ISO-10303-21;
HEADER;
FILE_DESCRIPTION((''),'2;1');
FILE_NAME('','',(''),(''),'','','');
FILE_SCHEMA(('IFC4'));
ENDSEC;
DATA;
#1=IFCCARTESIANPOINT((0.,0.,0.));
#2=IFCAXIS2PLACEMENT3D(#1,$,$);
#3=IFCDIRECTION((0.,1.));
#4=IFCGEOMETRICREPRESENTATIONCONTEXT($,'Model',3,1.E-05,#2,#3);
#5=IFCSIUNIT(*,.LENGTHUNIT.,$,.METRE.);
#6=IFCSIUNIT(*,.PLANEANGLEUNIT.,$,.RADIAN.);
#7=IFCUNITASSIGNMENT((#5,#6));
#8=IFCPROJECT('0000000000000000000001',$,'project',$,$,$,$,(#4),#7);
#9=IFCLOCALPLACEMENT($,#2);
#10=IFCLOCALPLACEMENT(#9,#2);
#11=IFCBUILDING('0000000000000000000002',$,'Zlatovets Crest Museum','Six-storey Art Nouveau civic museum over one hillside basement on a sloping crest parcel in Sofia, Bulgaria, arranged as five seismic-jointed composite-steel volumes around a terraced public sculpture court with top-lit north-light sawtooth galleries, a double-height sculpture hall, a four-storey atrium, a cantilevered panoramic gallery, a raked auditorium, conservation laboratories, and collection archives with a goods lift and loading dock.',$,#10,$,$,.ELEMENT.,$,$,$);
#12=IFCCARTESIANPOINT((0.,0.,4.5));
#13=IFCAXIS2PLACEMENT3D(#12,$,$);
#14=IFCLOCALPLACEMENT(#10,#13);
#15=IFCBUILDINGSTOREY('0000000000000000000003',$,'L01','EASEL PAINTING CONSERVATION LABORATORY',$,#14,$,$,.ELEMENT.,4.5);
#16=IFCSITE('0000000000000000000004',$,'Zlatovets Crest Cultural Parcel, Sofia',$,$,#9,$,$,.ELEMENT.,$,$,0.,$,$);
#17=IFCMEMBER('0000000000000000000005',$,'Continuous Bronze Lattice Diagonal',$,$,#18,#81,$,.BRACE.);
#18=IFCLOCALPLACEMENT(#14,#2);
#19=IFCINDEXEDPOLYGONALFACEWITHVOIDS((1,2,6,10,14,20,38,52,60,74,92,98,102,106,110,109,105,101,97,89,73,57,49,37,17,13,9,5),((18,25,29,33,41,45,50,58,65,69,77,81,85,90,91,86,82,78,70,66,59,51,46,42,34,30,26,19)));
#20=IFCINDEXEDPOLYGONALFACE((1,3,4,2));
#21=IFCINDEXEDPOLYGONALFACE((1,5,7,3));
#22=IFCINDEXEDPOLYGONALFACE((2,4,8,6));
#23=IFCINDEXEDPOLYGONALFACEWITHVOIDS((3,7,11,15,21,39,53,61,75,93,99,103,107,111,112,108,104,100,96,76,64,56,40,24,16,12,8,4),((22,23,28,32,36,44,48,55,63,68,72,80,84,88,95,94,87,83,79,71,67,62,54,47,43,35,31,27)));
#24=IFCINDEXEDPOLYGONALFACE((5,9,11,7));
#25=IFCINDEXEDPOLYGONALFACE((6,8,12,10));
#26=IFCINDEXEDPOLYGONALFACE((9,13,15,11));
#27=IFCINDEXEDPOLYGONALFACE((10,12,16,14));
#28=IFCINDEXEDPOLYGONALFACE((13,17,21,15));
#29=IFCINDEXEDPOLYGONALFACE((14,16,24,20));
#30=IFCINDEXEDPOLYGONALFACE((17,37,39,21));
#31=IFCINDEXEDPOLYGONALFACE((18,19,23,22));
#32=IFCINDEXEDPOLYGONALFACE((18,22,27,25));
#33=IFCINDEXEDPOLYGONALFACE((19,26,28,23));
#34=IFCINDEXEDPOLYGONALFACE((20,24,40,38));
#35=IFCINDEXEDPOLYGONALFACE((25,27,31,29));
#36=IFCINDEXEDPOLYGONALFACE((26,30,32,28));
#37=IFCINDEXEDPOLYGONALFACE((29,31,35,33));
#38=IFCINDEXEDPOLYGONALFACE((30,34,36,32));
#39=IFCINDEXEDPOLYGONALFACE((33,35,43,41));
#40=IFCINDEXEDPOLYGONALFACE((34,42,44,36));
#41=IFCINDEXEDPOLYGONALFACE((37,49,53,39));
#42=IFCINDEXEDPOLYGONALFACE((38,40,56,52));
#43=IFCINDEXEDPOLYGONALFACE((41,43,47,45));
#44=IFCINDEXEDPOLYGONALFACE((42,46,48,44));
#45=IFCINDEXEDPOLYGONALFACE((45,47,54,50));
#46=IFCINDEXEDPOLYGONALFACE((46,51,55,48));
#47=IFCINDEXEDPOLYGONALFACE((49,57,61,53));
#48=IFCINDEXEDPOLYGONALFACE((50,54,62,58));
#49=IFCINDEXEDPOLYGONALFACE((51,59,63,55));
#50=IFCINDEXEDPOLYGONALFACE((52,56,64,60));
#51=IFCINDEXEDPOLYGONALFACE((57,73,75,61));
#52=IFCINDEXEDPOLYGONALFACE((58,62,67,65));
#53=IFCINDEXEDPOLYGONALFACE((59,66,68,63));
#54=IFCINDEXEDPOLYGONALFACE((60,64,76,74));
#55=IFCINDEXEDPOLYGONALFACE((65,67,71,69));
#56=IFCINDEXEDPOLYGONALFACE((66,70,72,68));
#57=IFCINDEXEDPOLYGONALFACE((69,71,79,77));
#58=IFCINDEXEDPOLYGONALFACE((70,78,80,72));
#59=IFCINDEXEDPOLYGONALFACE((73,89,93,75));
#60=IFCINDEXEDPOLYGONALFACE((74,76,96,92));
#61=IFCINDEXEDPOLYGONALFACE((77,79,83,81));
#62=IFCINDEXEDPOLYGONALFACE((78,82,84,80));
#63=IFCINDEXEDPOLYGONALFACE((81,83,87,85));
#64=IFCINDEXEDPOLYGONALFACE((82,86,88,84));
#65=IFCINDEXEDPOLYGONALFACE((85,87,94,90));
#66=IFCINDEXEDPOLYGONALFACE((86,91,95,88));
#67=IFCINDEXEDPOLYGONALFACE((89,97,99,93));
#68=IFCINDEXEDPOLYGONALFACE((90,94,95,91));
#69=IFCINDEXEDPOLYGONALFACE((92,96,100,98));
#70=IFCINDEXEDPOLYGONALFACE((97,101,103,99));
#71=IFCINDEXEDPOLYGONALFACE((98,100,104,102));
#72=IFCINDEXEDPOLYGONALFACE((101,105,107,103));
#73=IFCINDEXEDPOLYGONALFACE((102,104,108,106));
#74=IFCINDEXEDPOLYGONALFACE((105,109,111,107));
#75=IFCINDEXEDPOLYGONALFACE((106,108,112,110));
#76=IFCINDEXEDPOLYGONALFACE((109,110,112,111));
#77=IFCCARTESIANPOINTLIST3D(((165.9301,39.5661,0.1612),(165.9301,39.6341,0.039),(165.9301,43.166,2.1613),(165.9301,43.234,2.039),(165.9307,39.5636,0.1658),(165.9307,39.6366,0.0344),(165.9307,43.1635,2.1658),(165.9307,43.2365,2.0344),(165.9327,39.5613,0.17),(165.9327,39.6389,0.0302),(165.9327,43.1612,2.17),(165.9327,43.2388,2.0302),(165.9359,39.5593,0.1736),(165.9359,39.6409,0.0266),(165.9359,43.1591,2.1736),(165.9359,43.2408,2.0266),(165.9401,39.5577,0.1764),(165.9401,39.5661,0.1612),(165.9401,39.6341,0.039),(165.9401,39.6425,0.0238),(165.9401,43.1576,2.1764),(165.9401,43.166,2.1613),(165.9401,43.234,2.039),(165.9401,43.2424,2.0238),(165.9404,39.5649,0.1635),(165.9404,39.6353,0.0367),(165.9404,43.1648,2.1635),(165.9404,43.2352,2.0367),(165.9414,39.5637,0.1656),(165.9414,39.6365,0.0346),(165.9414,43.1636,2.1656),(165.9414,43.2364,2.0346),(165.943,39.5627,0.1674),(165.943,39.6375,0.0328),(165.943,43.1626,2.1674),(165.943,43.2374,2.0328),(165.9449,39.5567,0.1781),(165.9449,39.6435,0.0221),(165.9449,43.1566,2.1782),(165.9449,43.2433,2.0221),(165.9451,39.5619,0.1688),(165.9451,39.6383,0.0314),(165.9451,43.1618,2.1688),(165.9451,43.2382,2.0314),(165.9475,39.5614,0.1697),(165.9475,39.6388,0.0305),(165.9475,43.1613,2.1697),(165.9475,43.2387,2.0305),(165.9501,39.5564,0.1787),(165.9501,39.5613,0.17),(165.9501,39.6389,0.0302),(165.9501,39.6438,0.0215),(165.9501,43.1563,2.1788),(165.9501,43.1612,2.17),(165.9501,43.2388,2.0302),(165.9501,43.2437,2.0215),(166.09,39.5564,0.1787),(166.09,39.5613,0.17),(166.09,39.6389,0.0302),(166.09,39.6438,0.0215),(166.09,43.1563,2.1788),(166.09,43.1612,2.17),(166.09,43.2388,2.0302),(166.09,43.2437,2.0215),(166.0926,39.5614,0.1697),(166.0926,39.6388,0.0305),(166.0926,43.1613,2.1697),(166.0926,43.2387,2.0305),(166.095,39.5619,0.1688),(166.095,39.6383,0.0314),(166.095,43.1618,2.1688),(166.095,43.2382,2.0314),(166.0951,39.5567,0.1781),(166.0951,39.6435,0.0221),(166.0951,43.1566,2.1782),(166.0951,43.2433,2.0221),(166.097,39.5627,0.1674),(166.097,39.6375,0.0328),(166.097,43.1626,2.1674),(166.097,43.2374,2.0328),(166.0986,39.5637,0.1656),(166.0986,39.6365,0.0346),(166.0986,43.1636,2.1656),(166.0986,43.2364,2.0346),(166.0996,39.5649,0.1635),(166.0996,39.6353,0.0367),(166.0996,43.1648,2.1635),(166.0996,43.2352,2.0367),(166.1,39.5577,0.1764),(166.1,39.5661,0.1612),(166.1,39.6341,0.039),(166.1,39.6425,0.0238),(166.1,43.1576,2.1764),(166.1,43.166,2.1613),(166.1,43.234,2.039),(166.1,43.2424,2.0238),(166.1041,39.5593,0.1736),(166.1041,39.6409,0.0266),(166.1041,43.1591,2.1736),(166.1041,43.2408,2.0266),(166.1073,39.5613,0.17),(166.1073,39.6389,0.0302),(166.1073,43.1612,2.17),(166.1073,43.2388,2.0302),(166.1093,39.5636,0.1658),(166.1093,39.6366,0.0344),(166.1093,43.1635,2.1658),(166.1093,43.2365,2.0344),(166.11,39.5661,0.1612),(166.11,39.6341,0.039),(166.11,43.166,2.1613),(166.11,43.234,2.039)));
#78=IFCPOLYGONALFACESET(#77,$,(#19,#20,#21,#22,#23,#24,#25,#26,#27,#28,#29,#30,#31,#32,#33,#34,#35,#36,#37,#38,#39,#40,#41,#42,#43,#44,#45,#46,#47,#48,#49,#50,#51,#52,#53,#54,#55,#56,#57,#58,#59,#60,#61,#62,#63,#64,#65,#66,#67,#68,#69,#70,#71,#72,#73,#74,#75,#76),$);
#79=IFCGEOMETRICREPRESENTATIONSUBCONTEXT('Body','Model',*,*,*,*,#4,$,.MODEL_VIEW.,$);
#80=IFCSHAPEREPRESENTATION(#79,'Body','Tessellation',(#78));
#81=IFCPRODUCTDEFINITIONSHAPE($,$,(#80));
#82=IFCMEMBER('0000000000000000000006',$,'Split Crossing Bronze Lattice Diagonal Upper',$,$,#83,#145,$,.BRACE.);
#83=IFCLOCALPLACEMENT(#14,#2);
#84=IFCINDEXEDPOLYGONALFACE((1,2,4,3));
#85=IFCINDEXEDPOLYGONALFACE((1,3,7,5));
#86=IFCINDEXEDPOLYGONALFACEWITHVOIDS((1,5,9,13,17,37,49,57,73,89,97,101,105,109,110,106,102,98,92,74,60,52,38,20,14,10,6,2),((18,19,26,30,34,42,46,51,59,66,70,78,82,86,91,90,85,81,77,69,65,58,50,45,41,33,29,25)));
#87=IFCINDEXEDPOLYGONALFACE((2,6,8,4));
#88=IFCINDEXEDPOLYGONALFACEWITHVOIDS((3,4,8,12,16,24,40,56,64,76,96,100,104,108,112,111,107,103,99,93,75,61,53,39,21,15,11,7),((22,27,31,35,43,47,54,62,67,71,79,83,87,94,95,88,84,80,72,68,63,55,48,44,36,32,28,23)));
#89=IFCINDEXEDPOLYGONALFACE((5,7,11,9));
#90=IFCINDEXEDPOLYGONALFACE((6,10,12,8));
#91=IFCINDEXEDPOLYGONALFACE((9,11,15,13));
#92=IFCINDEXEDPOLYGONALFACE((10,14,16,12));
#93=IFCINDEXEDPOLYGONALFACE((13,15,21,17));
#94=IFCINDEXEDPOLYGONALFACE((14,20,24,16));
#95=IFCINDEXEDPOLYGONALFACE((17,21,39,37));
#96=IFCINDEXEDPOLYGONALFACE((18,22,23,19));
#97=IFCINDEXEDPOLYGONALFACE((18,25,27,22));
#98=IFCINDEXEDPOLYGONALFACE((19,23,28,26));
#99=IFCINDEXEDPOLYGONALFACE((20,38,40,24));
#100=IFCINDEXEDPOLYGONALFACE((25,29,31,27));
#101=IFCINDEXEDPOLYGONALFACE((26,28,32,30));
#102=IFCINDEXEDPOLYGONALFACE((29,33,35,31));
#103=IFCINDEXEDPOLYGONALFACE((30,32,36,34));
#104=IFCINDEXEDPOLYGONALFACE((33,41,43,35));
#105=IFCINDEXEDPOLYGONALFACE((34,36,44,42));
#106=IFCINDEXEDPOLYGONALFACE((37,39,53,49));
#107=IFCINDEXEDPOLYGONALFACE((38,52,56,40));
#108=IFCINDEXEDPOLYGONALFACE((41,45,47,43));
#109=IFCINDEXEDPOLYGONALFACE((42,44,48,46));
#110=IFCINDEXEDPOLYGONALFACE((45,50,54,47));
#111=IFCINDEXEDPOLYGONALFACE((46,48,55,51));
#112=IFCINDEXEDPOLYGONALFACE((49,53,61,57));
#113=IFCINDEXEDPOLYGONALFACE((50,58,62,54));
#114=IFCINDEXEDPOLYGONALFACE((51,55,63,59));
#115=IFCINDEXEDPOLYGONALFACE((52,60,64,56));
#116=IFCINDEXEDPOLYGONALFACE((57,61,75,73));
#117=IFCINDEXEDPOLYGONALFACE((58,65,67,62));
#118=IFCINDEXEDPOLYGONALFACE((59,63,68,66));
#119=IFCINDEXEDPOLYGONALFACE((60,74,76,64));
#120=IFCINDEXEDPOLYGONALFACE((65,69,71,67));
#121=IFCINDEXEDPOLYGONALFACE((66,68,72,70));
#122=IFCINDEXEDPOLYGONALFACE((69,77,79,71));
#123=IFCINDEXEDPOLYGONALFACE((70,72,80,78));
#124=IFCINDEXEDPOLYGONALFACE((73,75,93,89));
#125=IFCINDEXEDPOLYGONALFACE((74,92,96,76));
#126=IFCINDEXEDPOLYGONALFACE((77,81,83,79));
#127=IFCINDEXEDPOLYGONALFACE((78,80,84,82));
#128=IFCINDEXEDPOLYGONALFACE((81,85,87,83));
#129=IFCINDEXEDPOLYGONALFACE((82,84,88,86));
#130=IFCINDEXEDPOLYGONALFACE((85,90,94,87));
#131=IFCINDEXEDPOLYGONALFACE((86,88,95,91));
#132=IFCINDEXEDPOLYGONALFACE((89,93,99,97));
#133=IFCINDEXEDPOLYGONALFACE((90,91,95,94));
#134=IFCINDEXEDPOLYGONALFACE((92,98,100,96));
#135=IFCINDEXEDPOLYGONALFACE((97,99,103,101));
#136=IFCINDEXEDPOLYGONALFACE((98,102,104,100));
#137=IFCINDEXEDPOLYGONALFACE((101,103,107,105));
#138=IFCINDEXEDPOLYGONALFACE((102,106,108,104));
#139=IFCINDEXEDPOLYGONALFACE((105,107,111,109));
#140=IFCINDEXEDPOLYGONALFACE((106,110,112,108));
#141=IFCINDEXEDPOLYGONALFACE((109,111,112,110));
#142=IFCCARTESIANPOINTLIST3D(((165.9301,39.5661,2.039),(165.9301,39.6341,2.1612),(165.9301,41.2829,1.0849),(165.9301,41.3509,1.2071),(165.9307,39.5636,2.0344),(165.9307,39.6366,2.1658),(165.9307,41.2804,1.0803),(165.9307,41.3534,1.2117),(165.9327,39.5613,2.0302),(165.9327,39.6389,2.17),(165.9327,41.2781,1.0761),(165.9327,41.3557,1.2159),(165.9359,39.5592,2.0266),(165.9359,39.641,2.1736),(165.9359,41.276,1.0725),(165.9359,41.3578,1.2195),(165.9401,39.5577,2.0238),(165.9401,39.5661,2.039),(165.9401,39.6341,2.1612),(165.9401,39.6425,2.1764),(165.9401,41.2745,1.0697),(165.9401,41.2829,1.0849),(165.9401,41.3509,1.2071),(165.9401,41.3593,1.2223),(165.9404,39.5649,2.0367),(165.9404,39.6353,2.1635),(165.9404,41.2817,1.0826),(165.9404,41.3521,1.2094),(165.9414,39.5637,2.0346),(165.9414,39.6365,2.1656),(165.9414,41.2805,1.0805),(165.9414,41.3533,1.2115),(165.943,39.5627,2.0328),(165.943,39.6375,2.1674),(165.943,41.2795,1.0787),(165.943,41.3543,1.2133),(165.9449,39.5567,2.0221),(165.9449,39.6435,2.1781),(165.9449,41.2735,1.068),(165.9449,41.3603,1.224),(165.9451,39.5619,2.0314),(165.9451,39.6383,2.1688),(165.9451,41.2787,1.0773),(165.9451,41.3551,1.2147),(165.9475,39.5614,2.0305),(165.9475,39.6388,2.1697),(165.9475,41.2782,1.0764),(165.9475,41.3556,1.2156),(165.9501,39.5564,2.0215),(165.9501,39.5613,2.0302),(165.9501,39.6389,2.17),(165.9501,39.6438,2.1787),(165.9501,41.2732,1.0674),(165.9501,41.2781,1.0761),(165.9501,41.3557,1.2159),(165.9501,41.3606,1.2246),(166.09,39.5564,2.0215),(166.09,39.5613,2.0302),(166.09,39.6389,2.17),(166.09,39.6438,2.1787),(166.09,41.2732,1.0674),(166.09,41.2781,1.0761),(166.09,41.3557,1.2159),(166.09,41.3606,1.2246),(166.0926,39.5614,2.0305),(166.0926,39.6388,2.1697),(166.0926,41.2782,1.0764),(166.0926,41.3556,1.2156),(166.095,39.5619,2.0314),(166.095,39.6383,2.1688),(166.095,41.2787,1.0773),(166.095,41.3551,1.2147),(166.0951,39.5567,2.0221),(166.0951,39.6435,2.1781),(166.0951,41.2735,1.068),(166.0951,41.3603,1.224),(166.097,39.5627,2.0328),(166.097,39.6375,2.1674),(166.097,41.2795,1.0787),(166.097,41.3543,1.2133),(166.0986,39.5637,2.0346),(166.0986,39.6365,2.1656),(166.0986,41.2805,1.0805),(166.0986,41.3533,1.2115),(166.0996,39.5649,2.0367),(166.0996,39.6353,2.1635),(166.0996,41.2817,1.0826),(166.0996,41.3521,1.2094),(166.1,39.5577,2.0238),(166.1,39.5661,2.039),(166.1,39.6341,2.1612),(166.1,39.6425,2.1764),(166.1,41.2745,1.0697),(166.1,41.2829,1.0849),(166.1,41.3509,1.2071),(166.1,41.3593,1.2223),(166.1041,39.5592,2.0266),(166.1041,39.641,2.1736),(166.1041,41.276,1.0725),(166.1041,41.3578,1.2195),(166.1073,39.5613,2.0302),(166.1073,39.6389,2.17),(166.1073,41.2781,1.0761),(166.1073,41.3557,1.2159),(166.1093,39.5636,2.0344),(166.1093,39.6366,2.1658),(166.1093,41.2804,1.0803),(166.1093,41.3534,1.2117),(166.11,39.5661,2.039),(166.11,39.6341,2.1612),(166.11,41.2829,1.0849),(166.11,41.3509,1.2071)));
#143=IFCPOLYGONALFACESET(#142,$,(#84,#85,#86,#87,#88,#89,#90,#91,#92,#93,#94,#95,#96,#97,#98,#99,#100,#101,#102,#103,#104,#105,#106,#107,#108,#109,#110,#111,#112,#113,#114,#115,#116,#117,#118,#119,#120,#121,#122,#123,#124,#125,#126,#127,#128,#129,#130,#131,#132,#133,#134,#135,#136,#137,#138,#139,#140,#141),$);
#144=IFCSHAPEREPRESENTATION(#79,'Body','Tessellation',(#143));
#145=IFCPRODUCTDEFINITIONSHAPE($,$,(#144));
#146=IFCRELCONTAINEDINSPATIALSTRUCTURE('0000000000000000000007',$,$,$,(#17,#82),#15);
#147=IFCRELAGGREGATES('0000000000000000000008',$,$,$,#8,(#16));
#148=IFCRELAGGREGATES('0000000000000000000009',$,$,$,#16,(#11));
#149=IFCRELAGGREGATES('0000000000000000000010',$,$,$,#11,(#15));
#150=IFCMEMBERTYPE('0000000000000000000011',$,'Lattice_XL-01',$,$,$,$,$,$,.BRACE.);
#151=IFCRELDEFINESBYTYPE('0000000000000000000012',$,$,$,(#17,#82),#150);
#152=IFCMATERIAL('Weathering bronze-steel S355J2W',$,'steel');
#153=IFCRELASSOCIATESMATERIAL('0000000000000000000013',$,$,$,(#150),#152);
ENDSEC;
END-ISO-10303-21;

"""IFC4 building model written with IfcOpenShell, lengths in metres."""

from ifc_helpers import new_model, si_unit, direction, frame, origin, origin_2d, place, context, subcontext, project, spatial, hollow_rectangle, extrude, material, material_profile, profile_set, type_object, element, save


model = new_model("IFC4")

# Units and contexts
model_context = context("Model", 3, precision=1e-05, world=origin(), true_north=direction((0.0, 1.0)))
body_context = subcontext(model_context, "Body", "Model", "MODEL_VIEW")
ifc_project = project(units=[si_unit("LENGTHUNIT", "METRE"), si_unit("PLANEANGLEUNIT", "RADIAN")], contexts=[model_context])

# Site, building, storey
site_placement = place(None, origin())
site = spatial("IfcSite", under=ifc_project, at=site_placement, Name="Zlatovets Crest Cultural Parcel, Sofia", CompositionType="ELEMENT", RefElevation=0.0)
building_placement = place(site_placement, origin())
building = spatial("IfcBuilding", under=site, at=building_placement, Name="Zlatovets Crest Museum", Description="Six-storey Art Nouveau civic museum over one hillside basement on a sloping crest parcel in Sofia, Bulgaria, arranged as five seismic-jointed composite-steel volumes around a terraced public sculpture court with top-lit north-light sawtooth galleries, a double-height sculpture hall, a four-storey atrium, a cantilevered panoramic gallery, a raked auditorium, conservation laboratories, and collection archives with a goods lift and loading dock.", CompositionType="ELEMENT")
storey_placement = place(building_placement, frame((0.0, 0.0, 4.5)))
storey = spatial("IfcBuildingStorey", under=building, at=storey_placement, Name="L01", Description="EASEL PAINTING CONSERVATION LABORATORY", CompositionType="ELEMENT", Elevation=4.5)

# Members
ifc_material_1 = material(Name="Weathering bronze-steel S355J2W", Category="steel")
ifc_material_profile_1 = material_profile(ifc_material_1, hollow_rectangle(XDim=0.1799, YDim=0.1799, WallThickness=0.01, InnerFilletRadius=0.01, OuterFilletRadius=0.02, at=origin_2d()), Name="SHS 180x180x10.0")
ifc_profile_set_1 = profile_set([ifc_material_profile_1], Name="Weathering bronze-steel S355J2W")
member_type_1 = type_object("IfcMemberType", Name="Lattice_XL-01", PredefinedType="BRACE", material=ifc_profile_set_1)
member_1_placement = place(storey_placement, frame((166.02, 39.6001, 0.1001), z_axis=(0.0, 0.874149, 0.485658), x_axis=(-1.0, 0.0, 0.0)))
element("IfcMember", 1, at=member_1_placement, inside=storey, type_object=member_type_1, Name="Continuous Bronze Lattice Diagonal", PredefinedType="BRACE", context=body_context, shape_type="SweptSolid", body=[
    extrude(hollow_rectangle(XDim=0.1799, YDim=0.1799, WallThickness=0.01, InnerFilletRadius=0.01, OuterFilletRadius=0.02, at=origin_2d()), origin(), (0.0, 0.0, 1.0), 4.1182),
])
for number, where, z_axis, x_axis, name in (
    (2, (166.02, 39.6001, 2.1001), (0.0, 0.874087, -0.48577), (-1.0, 0.0, 0.0), "Split Crossing Bronze Lattice Diagonal Upper"),
):
    element("IfcMember", number, at=place(storey_placement, frame(where, z_axis=z_axis, x_axis=x_axis)), inside=storey, type_object=member_type_1, Name=name, PredefinedType="BRACE", context=body_context, shape_type="SweptSolid", body=[
        extrude(hollow_rectangle(XDim=0.1799, YDim=0.1799, WallThickness=0.01, InnerFilletRadius=0.01, OuterFilletRadius=0.02, at=origin_2d()), origin(), (0.0, 0.0, 1.0), 1.9641),
    ])

save(model, "model.ifc")
